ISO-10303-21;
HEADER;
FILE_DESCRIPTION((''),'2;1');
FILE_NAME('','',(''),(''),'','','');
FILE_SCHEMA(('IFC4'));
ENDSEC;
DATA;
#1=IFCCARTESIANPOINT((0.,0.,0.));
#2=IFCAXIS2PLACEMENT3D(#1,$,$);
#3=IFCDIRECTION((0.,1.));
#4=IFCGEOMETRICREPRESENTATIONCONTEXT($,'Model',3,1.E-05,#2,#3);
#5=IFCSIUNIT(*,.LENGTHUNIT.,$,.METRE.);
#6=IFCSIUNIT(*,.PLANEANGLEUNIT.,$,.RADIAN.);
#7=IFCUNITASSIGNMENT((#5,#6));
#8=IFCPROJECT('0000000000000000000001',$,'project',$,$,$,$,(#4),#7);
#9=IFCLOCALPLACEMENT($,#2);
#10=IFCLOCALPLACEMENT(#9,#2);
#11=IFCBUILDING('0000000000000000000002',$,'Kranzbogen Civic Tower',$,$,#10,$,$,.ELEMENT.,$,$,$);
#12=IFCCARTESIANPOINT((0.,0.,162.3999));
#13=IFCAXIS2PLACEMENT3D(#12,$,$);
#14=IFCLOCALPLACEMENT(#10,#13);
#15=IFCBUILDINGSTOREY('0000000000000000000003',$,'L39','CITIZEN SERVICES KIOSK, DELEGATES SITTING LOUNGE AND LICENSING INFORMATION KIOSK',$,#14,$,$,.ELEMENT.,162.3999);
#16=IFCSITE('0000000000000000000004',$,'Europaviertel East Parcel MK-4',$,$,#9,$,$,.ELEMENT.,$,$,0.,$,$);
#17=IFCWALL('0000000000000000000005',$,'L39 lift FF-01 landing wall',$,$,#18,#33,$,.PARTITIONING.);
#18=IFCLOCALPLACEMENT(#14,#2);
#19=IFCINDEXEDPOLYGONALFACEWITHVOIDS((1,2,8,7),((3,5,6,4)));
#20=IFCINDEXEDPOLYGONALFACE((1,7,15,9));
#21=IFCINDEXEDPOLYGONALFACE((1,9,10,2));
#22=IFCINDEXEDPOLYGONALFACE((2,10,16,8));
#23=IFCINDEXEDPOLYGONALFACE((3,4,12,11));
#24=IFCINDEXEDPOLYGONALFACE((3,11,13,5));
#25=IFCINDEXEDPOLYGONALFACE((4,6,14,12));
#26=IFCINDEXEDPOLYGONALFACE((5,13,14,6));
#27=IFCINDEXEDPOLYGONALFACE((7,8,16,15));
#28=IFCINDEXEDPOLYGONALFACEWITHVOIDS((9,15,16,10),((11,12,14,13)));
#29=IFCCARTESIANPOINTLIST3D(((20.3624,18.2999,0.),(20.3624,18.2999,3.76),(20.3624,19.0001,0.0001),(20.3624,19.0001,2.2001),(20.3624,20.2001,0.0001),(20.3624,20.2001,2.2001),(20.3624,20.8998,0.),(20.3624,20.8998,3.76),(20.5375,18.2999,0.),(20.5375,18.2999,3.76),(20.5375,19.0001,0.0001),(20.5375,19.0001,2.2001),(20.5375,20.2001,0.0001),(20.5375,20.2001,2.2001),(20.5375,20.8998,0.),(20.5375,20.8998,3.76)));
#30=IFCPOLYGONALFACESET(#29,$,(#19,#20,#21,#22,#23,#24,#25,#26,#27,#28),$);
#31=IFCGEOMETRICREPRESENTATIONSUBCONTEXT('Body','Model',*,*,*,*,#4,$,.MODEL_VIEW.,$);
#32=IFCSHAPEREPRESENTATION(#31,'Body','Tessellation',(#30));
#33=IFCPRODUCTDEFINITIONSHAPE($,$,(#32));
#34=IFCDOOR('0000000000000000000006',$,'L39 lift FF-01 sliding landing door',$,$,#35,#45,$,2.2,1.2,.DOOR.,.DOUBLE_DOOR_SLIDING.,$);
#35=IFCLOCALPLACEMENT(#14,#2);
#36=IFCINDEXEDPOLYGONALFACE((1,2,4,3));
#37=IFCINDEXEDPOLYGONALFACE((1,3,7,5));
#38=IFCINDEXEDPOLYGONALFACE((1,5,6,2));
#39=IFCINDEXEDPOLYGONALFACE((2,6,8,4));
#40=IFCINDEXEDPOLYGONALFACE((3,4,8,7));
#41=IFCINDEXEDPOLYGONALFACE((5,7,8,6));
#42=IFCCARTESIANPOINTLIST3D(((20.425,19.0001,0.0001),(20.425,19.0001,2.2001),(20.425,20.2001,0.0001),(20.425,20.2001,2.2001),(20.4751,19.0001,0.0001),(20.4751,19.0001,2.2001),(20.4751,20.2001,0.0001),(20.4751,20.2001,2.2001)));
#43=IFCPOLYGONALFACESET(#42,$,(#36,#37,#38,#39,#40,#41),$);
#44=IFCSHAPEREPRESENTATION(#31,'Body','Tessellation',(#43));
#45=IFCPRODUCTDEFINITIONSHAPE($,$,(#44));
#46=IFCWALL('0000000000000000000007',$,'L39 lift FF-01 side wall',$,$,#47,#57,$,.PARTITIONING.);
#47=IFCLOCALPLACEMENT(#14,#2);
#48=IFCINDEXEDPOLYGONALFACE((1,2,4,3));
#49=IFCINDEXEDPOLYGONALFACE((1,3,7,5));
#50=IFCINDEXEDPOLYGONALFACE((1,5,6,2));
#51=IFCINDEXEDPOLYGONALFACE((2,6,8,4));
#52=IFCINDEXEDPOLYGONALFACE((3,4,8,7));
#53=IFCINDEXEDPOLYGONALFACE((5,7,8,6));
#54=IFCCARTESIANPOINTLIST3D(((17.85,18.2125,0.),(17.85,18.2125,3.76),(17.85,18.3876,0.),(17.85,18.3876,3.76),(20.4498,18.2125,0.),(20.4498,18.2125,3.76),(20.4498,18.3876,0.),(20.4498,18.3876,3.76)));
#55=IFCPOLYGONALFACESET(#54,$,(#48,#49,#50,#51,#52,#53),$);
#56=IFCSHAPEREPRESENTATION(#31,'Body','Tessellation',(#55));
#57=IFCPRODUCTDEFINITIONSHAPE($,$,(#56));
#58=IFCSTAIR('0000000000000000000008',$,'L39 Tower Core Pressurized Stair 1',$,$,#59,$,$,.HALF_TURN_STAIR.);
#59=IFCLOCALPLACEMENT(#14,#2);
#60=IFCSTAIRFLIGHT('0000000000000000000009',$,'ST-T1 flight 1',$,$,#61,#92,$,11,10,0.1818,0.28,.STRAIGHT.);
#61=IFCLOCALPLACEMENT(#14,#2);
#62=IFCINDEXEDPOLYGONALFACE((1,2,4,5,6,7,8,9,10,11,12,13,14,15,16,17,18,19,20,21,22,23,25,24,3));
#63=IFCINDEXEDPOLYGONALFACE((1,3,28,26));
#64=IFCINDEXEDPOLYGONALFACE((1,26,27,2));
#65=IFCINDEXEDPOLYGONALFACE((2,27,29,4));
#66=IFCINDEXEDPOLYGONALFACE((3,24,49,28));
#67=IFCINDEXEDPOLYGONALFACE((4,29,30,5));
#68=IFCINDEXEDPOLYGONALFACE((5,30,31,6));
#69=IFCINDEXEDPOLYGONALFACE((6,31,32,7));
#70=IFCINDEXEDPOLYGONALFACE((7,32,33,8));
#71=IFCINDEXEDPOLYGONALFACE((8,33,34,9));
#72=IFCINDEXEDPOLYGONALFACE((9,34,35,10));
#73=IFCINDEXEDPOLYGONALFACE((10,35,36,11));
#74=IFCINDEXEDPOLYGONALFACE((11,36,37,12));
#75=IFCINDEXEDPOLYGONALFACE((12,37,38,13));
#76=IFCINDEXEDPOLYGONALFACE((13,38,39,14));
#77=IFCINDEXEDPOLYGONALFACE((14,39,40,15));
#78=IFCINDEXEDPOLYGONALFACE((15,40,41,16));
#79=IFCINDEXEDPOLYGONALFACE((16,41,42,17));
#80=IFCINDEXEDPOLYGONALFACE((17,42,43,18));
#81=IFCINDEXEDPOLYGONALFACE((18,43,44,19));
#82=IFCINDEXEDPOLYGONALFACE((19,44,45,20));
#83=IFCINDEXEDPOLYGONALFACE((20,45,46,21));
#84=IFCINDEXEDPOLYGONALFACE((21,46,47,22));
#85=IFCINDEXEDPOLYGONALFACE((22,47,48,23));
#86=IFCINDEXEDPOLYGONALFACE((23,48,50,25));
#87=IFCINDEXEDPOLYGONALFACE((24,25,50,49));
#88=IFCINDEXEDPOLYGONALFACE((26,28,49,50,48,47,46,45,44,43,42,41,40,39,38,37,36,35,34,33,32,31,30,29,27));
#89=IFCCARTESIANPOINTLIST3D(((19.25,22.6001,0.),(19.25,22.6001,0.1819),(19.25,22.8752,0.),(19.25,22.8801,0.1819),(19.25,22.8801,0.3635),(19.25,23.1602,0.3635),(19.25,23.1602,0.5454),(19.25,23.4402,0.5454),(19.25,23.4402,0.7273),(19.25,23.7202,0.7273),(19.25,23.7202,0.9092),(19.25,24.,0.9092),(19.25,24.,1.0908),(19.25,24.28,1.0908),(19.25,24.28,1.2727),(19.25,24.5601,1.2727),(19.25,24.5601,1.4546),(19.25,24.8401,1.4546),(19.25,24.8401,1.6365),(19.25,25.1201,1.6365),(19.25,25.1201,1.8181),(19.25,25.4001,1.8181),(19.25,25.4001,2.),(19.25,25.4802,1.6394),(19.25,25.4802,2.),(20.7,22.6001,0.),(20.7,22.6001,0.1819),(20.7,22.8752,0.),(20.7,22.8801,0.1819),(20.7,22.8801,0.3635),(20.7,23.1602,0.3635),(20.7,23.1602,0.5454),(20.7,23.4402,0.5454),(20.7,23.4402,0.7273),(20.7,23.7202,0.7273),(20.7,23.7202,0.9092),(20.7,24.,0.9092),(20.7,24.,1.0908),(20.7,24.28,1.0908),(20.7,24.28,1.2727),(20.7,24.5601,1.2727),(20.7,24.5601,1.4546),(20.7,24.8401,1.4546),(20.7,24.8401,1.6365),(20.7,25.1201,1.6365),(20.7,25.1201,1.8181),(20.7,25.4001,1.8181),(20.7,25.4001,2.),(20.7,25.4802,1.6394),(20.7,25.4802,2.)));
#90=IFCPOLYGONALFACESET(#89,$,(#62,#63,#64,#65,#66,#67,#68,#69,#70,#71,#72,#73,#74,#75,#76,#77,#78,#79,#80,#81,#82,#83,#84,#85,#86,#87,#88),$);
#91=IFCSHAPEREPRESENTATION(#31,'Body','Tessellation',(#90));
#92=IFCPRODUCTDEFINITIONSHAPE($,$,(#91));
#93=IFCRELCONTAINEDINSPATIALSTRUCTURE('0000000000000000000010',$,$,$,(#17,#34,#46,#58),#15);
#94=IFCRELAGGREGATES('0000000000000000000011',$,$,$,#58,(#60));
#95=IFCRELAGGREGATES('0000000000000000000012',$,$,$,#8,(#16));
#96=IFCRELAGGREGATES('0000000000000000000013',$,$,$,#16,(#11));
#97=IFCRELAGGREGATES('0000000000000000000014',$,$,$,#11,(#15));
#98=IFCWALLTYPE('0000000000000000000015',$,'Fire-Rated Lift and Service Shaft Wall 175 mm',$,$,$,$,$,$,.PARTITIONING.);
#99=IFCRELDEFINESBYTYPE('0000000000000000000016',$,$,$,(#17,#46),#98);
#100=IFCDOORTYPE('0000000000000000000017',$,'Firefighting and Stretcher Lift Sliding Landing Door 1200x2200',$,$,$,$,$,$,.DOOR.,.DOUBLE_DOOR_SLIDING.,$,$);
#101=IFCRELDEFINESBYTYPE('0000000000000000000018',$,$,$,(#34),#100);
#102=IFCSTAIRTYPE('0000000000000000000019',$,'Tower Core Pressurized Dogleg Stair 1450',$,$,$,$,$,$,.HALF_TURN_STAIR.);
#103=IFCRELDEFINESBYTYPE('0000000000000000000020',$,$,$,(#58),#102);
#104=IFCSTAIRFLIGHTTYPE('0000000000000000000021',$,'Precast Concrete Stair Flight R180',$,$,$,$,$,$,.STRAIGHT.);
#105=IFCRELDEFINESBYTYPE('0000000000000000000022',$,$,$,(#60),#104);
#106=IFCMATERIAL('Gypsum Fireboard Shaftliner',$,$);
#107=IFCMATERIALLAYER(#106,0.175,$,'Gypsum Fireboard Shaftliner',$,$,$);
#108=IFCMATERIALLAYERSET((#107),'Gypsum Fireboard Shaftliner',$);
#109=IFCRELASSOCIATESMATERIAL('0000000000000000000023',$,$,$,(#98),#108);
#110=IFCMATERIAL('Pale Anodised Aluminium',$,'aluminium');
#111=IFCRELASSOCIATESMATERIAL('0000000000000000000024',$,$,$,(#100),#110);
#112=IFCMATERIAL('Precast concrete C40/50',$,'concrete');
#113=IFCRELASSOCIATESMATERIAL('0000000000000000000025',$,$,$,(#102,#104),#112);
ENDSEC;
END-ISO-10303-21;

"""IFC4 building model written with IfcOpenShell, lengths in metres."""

from ifc_helpers import new_model, si_unit, direction, frame, frame_2d, origin, place, context, subcontext, project, spatial, polyline, rectangle, outline, extrude, material, layer, layer_set, type_object, element, fill, aggregate, save


model = new_model("IFC4")

# Units and contexts
model_context = context("Model", 3, precision=1e-05, world=origin(), true_north=direction((0.0, 1.0)))
body_context = subcontext(model_context, "Body", "Model", "MODEL_VIEW")
ifc_project = project(units=[si_unit("LENGTHUNIT", "METRE"), si_unit("PLANEANGLEUNIT", "RADIAN")], contexts=[model_context])

# Site, building, storey
site_placement = place(None, origin())
site = spatial("IfcSite", under=ifc_project, at=site_placement, Name="Europaviertel East Parcel MK-4", CompositionType="ELEMENT", RefElevation=0.0)
building_placement = place(site_placement, origin())
building = spatial("IfcBuilding", under=site, at=building_placement, Name="Kranzbogen Civic Tower", CompositionType="ELEMENT")
storey_placement = place(building_placement, frame((0.0, 0.0, 162.3999)))
storey = spatial("IfcBuildingStorey", under=building, at=storey_placement, Name="L39", Description="CITIZEN SERVICES KIOSK, DELEGATES SITTING LOUNGE AND LICENSING INFORMATION KIOSK", CompositionType="ELEMENT", Elevation=162.3999)

# Wall, opening, door
ifc_material_1 = material(Name="Gypsum Fireboard Shaftliner")
ifc_layer_1 = layer(ifc_material_1, 0.175, Name="Gypsum Fireboard Shaftliner")
ifc_layer_set_1 = layer_set([ifc_layer_1], Name="Gypsum Fireboard Shaftliner")
wall_type_1 = type_object("IfcWallType", Name="Fire-Rated Lift and Service Shaft Wall 175 mm", PredefinedType="PARTITIONING", material=ifc_layer_set_1)
wall_1_placement = place(storey_placement, frame((20.45, 18.3, 0.0), z_axis=(0.0, 0.0, 1.0), x_axis=(0.0, 1.0, 0.0)))
wall_1 = element("IfcWall", 1, at=wall_1_placement, inside=storey, type_object=wall_type_1, Name="L39 lift FF-01 landing wall", PredefinedType="PARTITIONING", context=body_context, shape_type="SweptSolid", body=[
    extrude(rectangle(XDim=2.5999, YDim=0.175, at=frame_2d((1.2998, 0.0))), origin(), (0.0, 0.0, 1.0), 3.76),
])
opening_1_placement = place(wall_1_placement, frame((0.7, 0.0, 0.0)))
opening_1 = element("IfcOpeningElement", 2, at=opening_1_placement, cuts=wall_1, PredefinedType="OPENING", context=body_context, shape_type="SweptSolid", body=[
    extrude(rectangle(XDim=1.2, YDim=2.2, at=frame_2d((0.6001, 1.1001))), frame((0.0, 0.0977, 0.0), z_axis=(0.0, -1.0, 0.0), x_axis=(1.0, 0.0, 0.0)), (0.0, 0.0, 1.0), 0.1951),
])
ifc_material_2 = material(Name="Pale Anodised Aluminium", Category="aluminium")
door_type_1 = type_object("IfcDoorType", Name="Firefighting and Stretcher Lift Sliding Landing Door 1200x2200", OperationType="DOUBLE_DOOR_SLIDING", PredefinedType="DOOR", material=ifc_material_2)
door_1_placement = place(opening_1_placement, origin())
door_1 = element("IfcDoor", 3, at=door_1_placement, inside=storey, type_object=door_type_1, Name="L39 lift FF-01 sliding landing door", OperationType="DOUBLE_DOOR_SLIDING", OverallHeight=2.2, OverallWidth=1.2, PredefinedType="DOOR", context=body_context, shape_type="SweptSolid", body=[
    extrude(rectangle(XDim=1.2, YDim=2.2, at=frame_2d((0.6001, 1.1001))), frame((0.0, 0.0249, 0.0), z_axis=(0.0, -1.0, 0.0), x_axis=(1.0, 0.0, 0.0)), (0.0, 0.0, 1.0), 0.05),
])
fill(opening_1, door_1)

# Wall
wall_2_placement = place(storey_placement, frame((17.8501, 18.3, 0.0), z_axis=(0.0, 0.0, 1.0), x_axis=(1.0, 0.0, 0.0)))
element("IfcWall", 4, at=wall_2_placement, inside=storey, type_object=wall_type_1, Name="L39 lift FF-01 side wall", PredefinedType="PARTITIONING", context=body_context, shape_type="SweptSolid", body=[
    extrude(rectangle(XDim=2.5999, YDim=0.175, at=frame_2d((1.2998, 0.0))), origin(), (0.0, 0.0, 1.0), 3.76),
])

# Stair, stair flight
ifc_material_3 = material(Name="Precast concrete C40/50", Category="concrete")
stair_type = type_object("IfcStairType", Name="Tower Core Pressurized Dogleg Stair 1450", PredefinedType="HALF_TURN_STAIR", material=ifc_material_3)
stair_placement = place(storey_placement, origin())
stair = element("IfcStair", 5, at=stair_placement, inside=storey, type_object=stair_type, Name="L39 Tower Core Pressurized Stair 1", PredefinedType="HALF_TURN_STAIR")
stair_flight_type = type_object("IfcStairFlightType", Name="Precast Concrete Stair Flight R180", PredefinedType="STRAIGHT", material=ifc_material_3)
stair_flight_placement = place(storey_placement, frame((19.9751, 22.6001, 0.0), z_axis=(0.0, 0.0, 1.0), x_axis=(0.0, 1.0, 0.0)))
stair_flight = element("IfcStairFlight", 6, at=stair_flight_placement, type_object=stair_flight_type, Name="ST-T1 flight 1", NumberOfRisers=11, NumberOfTreads=10, PredefinedType="STRAIGHT", RiserHeight=0.1818, TreadLength=0.28, context=body_context, shape_type="SweptSolid", body=[
    extrude(outline(polyline([(0.0, 0.0), (0.0, 0.1819), (0.28, 0.1819), (0.28, 0.3635), (0.5601, 0.3635), (0.5601, 0.5454), (0.8401, 0.5454), (0.8401, 0.7273), (1.1201, 0.7273), (1.1201, 0.9092), (1.3999, 0.9092), (1.3999, 1.0908), (1.6799, 1.0908), (1.6799, 1.2727), (1.96, 1.2727), (1.96, 1.4546), (2.24, 1.4546), (2.24, 1.6365), (2.52, 1.6365), (2.52, 1.8181), (2.8, 1.8181), (2.8, 2.0), (2.8801, 2.0), (2.8801, 1.6394), (0.2751, 0.0), (0.0, 0.0)])), frame((0.0, 0.7251, 0.0), z_axis=(0.0, -1.0, 0.0), x_axis=(1.0, 0.0, 0.0)), (0.0, 0.0, 1.0), 1.45),
])
aggregate(stair, [stair_flight])

save(model, "model.ifc")
